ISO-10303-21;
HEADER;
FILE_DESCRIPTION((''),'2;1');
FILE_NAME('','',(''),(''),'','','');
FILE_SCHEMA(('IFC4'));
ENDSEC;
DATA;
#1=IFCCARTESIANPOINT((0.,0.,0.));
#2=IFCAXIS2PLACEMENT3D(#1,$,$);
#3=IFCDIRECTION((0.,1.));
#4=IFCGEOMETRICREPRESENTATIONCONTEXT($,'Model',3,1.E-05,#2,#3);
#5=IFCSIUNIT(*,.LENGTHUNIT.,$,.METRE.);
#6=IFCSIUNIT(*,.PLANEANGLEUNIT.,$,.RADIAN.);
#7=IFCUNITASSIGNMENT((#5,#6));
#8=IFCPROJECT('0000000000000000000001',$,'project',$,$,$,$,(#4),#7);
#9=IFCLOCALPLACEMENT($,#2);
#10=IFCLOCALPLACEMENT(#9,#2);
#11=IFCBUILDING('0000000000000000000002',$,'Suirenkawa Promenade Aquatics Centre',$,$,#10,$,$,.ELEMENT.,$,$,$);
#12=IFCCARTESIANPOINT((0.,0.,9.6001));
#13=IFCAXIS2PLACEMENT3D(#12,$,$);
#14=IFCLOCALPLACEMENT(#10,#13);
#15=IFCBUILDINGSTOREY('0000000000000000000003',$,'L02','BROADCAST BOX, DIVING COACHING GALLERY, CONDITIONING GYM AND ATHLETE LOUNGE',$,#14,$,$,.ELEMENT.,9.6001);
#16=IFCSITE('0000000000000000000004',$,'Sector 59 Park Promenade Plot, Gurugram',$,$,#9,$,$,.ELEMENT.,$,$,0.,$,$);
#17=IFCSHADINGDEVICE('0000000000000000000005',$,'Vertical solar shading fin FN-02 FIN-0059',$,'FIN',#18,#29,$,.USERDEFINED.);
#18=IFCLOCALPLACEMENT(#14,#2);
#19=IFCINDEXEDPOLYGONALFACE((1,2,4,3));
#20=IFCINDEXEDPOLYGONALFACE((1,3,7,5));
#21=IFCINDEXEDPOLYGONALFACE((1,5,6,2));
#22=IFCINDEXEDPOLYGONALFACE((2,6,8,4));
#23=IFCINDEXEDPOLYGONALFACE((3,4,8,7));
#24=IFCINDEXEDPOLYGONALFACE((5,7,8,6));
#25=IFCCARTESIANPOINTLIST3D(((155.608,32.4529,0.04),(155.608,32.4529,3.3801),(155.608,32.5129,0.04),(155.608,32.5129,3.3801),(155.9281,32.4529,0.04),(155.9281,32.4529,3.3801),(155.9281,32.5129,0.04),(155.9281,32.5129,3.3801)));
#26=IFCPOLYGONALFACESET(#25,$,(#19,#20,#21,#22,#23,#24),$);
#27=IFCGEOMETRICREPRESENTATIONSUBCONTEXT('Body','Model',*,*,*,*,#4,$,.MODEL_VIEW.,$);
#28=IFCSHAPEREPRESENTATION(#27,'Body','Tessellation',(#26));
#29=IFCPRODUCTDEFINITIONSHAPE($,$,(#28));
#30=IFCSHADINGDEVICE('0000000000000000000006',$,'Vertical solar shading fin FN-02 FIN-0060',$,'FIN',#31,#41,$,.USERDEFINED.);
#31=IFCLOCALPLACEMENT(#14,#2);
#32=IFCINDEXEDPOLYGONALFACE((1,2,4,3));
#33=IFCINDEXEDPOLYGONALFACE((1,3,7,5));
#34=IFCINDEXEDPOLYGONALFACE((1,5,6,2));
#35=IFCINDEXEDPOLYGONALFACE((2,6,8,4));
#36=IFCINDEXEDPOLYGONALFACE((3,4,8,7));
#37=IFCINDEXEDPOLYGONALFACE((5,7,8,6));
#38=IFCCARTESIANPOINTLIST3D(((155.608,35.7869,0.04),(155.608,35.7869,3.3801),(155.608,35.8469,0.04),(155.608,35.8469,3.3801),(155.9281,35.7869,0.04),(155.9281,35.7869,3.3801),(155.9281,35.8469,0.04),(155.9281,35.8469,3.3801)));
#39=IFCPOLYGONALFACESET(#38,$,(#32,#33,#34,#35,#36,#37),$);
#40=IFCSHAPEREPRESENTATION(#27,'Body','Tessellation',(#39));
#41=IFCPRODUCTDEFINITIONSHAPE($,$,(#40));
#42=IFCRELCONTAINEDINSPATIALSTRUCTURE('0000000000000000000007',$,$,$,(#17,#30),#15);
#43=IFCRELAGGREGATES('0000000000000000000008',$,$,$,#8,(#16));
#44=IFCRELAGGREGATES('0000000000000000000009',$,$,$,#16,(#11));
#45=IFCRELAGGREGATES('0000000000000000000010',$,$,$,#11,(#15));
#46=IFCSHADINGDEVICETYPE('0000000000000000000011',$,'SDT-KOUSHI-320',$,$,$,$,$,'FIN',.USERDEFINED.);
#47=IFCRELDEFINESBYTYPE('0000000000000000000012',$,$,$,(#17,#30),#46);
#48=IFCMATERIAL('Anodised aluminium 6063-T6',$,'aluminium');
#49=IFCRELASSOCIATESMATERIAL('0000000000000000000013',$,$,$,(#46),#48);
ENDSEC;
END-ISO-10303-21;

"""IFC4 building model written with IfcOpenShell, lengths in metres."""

from ifc_helpers import new_model, si_unit, direction, frame, origin, origin_2d, place, context, subcontext, project, spatial, rectangle, extrude, material, type_object, element, save


model = new_model("IFC4")

# Units and contexts
model_context = context("Model", 3, precision=1e-05, world=origin(), true_north=direction((0.0, 1.0)))
body_context = subcontext(model_context, "Body", "Model", "MODEL_VIEW")
ifc_project = project(units=[si_unit("LENGTHUNIT", "METRE"), si_unit("PLANEANGLEUNIT", "RADIAN")], contexts=[model_context])

# Site, building, storey
site_placement = place(None, origin())
site = spatial("IfcSite", under=ifc_project, at=site_placement, Name="Sector 59 Park Promenade Plot, Gurugram", CompositionType="ELEMENT", RefElevation=0.0)
building_placement = place(site_placement, origin())
building = spatial("IfcBuilding", under=site, at=building_placement, Name="Suirenkawa Promenade Aquatics Centre", CompositionType="ELEMENT")
storey_placement = place(building_placement, frame((0.0, 0.0, 9.6001)))
storey = spatial("IfcBuildingStorey", under=building, at=storey_placement, Name="L02", Description="BROADCAST BOX, DIVING COACHING GALLERY, CONDITIONING GYM AND ATHLETE LOUNGE", CompositionType="ELEMENT", Elevation=9.6001)

# Shared definitions
ifc_material_1 = material(Name="Anodised aluminium 6063-T6", Category="aluminium")

# Shading devices
shading_device_type = type_object("IfcShadingDeviceType", Name="SDT-KOUSHI-320", ElementType="FIN", PredefinedType="USERDEFINED", material=ifc_material_1)
for number, where, z_axis, x_axis, name in (
    (1, (155.7681, 32.4829, 0.04), (0.0, 0.0, 1.0), (-1.0, 0.0, 0.0), "Vertical solar shading fin FN-02 FIN-0059"),
    (2, (155.7681, 35.8169, 0.04), (0.0, 0.0, 1.0), (-1.0, 0.0, 0.0), "Vertical solar shading fin FN-02 FIN-0060"),
):
    element("IfcShadingDevice", number, at=place(storey_placement, frame(where, z_axis=z_axis, x_axis=x_axis)), inside=storey, type_object=shading_device_type, Name=name, ObjectType="FIN", PredefinedType="USERDEFINED", context=body_context, shape_type="SweptSolid", body=[
        extrude(rectangle(XDim=0.3201, YDim=0.0601, at=origin_2d()), origin(), (0.0, 0.0, 1.0), 3.3401),
    ])

save(model, "model.ifc")
